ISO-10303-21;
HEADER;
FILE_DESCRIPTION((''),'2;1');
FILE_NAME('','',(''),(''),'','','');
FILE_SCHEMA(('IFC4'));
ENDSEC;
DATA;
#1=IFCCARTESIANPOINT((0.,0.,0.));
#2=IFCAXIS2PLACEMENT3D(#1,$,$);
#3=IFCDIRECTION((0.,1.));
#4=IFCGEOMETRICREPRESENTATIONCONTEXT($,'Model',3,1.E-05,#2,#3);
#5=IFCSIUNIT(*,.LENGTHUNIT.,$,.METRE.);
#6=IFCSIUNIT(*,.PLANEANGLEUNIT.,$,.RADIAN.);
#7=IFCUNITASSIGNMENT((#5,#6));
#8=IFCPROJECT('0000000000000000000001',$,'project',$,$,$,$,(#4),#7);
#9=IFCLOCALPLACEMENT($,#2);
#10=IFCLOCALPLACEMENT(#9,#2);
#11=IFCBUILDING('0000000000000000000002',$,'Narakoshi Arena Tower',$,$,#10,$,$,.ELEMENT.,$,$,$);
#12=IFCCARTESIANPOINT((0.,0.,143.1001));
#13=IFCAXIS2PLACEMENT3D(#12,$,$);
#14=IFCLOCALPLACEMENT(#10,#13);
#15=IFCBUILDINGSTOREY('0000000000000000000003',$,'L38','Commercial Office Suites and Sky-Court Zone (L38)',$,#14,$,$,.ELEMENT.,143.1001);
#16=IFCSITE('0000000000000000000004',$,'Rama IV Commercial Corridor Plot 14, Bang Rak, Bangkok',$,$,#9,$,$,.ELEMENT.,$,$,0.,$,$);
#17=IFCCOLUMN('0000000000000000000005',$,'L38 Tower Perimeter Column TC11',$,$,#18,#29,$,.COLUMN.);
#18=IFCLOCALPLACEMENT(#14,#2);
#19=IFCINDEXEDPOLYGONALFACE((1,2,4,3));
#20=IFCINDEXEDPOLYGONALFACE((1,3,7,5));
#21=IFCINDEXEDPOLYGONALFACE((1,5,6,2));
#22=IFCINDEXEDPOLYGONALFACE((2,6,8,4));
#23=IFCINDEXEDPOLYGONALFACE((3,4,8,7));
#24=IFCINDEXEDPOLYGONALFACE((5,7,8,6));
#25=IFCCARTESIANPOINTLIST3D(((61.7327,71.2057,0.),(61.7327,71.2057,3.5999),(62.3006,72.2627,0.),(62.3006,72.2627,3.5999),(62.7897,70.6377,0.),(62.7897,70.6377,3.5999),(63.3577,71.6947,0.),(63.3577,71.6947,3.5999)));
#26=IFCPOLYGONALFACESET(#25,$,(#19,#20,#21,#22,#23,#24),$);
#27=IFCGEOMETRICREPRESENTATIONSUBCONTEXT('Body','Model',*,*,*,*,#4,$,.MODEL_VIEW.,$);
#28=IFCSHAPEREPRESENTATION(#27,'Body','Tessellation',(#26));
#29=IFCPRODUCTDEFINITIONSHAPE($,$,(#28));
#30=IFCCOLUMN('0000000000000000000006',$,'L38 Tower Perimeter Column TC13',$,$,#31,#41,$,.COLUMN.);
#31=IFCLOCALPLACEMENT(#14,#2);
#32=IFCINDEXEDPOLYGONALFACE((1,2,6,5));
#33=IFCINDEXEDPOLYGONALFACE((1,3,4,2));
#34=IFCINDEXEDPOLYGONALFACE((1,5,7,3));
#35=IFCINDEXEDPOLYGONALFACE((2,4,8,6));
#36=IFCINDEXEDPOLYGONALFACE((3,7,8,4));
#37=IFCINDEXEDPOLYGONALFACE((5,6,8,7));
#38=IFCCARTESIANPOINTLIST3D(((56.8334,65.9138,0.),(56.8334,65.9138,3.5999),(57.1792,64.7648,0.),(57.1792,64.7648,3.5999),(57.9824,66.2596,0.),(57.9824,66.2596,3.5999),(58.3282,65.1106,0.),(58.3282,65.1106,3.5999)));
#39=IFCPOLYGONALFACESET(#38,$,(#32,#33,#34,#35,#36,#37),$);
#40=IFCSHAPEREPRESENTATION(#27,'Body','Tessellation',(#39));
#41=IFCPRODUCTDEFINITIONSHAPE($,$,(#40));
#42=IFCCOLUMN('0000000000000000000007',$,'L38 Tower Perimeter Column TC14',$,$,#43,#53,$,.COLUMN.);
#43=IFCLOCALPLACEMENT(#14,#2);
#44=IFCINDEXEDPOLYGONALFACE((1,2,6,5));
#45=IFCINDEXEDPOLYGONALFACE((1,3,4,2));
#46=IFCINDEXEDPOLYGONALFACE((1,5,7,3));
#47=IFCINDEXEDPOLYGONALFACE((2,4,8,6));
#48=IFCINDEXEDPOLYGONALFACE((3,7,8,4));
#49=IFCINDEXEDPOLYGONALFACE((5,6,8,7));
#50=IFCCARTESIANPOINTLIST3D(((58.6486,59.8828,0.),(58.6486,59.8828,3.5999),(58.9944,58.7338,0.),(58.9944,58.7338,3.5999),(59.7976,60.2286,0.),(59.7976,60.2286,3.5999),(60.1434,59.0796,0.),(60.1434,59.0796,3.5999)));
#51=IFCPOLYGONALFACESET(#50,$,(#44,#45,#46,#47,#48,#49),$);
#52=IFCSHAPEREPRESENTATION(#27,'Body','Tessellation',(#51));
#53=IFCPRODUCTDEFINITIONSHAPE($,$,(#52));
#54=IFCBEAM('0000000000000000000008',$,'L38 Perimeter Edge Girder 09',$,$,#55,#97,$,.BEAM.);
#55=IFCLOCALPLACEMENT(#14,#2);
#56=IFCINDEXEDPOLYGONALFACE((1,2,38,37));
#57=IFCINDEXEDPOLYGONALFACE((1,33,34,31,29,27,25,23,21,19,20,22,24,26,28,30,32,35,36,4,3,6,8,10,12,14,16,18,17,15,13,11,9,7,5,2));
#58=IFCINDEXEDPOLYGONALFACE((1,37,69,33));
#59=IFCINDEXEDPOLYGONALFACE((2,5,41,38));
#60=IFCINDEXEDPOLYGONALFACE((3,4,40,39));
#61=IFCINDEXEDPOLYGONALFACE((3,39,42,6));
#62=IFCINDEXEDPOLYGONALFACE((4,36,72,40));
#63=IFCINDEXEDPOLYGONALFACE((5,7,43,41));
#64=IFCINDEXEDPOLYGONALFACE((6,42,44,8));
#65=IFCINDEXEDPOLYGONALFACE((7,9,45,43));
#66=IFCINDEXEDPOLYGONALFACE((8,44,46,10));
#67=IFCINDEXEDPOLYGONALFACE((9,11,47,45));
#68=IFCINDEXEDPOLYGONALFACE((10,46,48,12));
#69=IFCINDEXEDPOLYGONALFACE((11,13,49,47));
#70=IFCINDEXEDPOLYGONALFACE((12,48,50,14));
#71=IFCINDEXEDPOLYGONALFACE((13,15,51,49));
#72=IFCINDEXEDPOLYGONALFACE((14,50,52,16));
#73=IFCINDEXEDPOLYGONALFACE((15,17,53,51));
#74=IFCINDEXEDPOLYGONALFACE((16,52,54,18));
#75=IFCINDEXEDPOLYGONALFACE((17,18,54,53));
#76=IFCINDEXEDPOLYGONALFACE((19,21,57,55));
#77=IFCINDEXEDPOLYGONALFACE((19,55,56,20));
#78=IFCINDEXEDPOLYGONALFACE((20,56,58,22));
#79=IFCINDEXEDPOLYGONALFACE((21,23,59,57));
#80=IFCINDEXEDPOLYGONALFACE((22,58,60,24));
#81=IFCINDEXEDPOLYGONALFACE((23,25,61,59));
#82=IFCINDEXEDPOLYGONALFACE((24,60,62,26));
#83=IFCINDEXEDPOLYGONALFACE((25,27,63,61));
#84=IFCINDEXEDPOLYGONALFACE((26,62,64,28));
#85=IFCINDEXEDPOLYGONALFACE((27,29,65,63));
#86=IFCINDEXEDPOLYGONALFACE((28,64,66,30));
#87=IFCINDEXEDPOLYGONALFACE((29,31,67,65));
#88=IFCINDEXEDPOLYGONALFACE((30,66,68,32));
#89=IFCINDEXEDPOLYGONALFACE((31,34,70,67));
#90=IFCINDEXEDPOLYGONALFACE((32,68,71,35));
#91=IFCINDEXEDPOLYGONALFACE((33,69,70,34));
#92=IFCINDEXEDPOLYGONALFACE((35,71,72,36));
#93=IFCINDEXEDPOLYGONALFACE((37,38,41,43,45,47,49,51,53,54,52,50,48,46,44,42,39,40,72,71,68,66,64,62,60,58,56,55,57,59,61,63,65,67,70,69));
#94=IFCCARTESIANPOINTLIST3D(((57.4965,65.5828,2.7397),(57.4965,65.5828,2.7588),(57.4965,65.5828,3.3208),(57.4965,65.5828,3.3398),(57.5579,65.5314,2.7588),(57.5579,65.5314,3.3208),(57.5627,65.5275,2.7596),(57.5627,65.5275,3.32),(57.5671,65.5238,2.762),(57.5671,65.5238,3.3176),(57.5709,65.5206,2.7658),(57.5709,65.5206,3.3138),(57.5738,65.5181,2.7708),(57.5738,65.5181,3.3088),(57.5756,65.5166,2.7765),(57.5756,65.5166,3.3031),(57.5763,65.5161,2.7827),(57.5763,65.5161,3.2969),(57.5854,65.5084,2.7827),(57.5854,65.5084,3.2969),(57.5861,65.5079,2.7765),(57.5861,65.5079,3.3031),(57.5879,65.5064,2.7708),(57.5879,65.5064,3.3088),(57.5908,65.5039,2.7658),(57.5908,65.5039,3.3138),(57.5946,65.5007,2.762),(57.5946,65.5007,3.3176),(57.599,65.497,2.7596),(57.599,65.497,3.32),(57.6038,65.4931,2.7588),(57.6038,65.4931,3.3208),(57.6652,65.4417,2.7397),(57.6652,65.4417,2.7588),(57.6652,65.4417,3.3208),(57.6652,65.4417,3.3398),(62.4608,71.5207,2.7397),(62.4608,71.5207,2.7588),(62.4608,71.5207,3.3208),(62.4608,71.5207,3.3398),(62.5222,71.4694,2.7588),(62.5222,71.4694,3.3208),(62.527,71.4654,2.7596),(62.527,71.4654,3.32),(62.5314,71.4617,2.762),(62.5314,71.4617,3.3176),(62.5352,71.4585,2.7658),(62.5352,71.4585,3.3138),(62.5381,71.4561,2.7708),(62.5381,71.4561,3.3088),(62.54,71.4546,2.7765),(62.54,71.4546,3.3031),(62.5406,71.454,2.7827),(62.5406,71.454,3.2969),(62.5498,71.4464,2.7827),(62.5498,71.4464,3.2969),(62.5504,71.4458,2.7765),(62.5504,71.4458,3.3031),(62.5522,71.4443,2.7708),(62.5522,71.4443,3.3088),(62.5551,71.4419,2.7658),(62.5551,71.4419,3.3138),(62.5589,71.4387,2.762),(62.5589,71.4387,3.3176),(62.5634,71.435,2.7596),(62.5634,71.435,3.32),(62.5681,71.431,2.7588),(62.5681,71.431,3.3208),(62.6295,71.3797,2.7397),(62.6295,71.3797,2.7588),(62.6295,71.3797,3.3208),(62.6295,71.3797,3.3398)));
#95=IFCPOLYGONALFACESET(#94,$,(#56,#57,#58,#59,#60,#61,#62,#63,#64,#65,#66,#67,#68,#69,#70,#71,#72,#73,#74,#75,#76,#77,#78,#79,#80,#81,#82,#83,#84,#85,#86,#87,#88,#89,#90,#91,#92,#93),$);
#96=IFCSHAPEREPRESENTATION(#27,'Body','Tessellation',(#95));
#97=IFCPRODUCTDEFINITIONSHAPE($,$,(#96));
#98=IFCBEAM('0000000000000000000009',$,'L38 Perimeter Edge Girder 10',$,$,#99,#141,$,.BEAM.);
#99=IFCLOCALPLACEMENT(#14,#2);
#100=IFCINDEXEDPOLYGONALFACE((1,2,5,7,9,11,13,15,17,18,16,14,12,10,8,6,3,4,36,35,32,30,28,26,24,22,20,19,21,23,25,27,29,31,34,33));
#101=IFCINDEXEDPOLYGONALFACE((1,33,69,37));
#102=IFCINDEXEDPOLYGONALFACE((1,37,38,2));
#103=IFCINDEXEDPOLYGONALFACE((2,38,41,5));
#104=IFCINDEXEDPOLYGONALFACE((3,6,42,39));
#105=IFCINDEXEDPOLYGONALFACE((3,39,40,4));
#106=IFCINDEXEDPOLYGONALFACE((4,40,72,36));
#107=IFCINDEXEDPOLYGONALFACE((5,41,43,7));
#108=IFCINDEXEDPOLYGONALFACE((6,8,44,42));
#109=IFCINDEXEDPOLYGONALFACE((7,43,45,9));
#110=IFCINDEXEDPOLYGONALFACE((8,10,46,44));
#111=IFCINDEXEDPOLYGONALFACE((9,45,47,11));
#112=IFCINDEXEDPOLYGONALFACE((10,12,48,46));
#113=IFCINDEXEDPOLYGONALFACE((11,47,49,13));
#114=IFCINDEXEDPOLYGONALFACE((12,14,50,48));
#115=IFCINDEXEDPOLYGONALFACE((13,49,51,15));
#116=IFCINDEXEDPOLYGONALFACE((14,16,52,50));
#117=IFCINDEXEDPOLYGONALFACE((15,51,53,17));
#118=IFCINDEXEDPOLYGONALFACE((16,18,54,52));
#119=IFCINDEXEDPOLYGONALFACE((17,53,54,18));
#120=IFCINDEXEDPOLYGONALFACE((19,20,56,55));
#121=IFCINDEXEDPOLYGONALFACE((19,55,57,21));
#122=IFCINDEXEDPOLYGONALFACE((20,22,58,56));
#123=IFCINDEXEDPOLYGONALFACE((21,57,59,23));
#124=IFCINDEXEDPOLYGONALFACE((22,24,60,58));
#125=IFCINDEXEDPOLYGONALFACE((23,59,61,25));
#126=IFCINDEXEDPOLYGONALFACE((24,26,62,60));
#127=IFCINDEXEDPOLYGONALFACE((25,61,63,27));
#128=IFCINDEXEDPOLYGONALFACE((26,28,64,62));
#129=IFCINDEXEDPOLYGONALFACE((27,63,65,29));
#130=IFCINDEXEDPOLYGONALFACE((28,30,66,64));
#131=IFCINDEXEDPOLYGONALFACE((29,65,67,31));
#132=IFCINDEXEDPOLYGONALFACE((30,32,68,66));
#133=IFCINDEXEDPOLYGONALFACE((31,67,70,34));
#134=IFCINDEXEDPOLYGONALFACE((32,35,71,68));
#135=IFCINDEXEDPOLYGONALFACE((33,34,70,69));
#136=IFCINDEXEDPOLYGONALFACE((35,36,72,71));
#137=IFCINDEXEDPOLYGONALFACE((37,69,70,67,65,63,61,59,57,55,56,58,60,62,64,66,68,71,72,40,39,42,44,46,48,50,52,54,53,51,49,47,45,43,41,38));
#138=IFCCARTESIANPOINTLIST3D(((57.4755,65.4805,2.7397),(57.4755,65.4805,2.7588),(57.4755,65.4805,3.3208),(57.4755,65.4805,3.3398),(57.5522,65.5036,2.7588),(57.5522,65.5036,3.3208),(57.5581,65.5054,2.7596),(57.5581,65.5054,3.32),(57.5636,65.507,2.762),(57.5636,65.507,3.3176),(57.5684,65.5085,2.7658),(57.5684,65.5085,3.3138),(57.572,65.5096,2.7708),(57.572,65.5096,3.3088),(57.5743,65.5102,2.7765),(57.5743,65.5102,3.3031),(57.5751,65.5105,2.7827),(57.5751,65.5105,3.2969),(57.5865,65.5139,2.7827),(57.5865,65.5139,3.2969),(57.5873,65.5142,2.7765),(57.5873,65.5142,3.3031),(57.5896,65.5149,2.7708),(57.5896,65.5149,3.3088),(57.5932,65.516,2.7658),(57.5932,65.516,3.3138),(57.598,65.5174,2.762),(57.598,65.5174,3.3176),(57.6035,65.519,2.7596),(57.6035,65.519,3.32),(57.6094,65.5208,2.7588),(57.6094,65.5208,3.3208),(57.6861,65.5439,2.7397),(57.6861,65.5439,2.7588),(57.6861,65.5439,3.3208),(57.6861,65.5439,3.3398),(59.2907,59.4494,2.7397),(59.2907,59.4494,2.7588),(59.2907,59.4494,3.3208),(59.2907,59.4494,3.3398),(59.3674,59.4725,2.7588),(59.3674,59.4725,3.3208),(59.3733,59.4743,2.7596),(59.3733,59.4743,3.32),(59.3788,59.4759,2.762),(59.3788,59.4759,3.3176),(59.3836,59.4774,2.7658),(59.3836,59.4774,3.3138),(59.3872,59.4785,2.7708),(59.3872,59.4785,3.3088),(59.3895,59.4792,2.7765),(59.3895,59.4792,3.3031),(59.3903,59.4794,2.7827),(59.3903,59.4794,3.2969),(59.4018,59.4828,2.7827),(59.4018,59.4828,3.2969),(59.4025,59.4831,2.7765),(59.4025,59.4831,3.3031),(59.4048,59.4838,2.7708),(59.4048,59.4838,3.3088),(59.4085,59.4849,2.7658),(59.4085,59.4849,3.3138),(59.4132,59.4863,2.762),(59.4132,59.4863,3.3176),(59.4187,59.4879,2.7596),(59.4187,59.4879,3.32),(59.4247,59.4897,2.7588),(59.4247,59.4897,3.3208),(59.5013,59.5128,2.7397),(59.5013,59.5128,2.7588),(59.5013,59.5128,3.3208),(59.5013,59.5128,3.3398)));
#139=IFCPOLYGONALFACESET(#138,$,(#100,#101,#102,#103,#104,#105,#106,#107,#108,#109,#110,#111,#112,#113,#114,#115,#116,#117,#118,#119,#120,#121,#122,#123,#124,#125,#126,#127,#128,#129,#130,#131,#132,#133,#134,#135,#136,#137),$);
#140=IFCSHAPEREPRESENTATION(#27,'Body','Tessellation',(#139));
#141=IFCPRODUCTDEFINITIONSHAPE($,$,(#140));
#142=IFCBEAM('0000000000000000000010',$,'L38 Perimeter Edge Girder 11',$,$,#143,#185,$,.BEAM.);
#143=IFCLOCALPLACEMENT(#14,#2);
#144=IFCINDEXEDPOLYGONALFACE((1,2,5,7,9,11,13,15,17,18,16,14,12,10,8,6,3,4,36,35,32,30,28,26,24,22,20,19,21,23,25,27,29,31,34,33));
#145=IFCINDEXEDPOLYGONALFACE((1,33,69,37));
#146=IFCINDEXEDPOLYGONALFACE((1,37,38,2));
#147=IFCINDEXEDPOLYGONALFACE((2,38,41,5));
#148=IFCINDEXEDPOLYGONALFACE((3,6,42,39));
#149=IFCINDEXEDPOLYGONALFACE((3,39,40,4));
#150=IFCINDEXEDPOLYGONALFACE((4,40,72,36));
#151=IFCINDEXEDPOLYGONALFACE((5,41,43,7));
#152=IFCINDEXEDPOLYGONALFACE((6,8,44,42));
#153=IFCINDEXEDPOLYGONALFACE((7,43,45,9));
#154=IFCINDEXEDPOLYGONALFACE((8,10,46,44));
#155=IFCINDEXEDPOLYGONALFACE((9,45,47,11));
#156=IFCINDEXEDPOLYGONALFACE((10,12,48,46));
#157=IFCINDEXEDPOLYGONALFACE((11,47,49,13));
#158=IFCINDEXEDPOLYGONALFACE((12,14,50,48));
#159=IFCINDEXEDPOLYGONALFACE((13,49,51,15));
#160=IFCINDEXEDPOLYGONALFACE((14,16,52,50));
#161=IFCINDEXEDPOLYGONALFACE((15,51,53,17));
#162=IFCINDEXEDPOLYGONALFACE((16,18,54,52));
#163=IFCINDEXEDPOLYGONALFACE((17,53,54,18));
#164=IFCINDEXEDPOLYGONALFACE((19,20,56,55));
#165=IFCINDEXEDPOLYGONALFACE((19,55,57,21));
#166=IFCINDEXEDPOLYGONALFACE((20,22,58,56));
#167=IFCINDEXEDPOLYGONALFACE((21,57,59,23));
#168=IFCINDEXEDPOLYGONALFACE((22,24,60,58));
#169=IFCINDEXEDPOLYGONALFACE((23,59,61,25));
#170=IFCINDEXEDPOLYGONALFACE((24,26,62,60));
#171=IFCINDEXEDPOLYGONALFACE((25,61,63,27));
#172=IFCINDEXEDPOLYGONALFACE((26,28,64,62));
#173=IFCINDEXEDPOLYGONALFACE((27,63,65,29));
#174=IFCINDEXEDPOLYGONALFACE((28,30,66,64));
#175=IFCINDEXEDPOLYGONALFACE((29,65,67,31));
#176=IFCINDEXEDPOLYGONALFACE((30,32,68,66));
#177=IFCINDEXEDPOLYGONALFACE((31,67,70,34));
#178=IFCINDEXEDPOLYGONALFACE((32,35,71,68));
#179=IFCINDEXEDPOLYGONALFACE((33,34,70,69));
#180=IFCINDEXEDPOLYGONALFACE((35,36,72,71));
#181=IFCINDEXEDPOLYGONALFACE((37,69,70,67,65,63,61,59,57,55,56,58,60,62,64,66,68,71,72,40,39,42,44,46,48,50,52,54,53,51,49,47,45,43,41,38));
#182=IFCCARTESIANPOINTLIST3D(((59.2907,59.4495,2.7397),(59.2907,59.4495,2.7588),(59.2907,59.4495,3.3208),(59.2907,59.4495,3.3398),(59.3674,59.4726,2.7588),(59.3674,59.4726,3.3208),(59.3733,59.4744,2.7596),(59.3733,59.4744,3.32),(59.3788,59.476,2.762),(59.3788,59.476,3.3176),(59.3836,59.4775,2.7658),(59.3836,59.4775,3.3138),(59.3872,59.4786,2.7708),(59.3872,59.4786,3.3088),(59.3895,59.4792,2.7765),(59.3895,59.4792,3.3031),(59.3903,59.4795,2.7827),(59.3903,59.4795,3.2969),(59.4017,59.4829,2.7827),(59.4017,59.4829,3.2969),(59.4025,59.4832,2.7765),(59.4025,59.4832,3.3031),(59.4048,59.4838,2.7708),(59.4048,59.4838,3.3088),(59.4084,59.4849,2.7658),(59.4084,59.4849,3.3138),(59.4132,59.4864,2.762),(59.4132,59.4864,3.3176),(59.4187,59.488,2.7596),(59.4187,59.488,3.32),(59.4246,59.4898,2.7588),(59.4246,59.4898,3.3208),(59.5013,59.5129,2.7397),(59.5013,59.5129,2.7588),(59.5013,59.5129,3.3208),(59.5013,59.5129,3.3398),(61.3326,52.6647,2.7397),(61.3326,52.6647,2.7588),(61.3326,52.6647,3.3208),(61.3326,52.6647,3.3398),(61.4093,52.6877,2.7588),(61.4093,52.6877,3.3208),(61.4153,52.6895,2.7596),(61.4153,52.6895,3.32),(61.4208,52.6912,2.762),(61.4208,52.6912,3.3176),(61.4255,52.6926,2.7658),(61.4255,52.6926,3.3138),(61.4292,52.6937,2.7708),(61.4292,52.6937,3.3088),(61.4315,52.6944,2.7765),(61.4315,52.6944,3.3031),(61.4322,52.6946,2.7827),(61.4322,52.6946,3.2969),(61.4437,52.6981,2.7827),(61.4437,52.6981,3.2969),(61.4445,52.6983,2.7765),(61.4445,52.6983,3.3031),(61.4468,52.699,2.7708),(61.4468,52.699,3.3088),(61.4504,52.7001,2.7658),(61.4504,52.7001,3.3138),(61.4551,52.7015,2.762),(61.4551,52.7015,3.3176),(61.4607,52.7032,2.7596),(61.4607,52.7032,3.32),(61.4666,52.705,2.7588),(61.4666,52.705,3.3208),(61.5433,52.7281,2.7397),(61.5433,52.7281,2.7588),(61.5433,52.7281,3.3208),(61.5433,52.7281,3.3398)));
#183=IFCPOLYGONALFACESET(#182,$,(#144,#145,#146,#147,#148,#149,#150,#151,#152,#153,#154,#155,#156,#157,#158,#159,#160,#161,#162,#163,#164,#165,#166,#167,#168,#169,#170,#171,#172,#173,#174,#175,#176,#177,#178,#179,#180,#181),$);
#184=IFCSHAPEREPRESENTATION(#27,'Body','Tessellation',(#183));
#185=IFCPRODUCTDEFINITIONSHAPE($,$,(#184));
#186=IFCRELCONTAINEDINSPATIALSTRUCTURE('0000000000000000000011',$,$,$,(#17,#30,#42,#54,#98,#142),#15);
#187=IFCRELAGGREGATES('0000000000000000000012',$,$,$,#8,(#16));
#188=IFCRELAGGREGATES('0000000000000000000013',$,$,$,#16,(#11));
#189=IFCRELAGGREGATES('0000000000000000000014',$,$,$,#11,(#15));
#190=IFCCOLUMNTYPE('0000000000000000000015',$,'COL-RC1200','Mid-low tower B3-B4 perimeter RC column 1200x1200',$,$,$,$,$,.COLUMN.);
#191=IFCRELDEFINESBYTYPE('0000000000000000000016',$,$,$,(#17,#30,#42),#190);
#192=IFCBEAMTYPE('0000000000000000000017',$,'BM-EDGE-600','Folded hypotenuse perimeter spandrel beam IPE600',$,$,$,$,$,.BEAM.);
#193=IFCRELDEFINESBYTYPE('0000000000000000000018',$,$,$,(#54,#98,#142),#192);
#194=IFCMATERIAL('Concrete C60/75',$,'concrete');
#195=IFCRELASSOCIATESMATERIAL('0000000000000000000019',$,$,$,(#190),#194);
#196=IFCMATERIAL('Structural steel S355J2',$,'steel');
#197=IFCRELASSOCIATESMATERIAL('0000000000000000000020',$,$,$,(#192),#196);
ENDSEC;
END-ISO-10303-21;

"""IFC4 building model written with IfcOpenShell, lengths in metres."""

from ifc_helpers import new_model, si_unit, direction, frame, origin, origin_2d, place, context, subcontext, project, spatial, rectangle, i_section, extrude, material, material_profile, profile_set, type_object, element, save


model = new_model("IFC4")

# Units and contexts
model_context = context("Model", 3, precision=1e-05, world=origin(), true_north=direction((0.0, 1.0)))
body_context = subcontext(model_context, "Body", "Model", "MODEL_VIEW")
ifc_project = project(units=[si_unit("LENGTHUNIT", "METRE"), si_unit("PLANEANGLEUNIT", "RADIAN")], contexts=[model_context])

# Site, building, storey
site_placement = place(None, origin())
site = spatial("IfcSite", under=ifc_project, at=site_placement, Name="Rama IV Commercial Corridor Plot 14, Bang Rak, Bangkok", CompositionType="ELEMENT", RefElevation=0.0)
building_placement = place(site_placement, origin())
building = spatial("IfcBuilding", under=site, at=building_placement, Name="Narakoshi Arena Tower", CompositionType="ELEMENT")
storey_placement = place(building_placement, frame((0.0, 0.0, 143.1001)))
storey = spatial("IfcBuildingStorey", under=building, at=storey_placement, Name="L38", Description="Commercial Office Suites and Sky-Court Zone (L38)", CompositionType="ELEMENT", Elevation=143.1001)

# Columns
ifc_material_1 = material(Name="Concrete C60/75", Category="concrete")
ifc_material_profile_1 = material_profile(ifc_material_1, rectangle(XDim=1.2, YDim=1.2, at=origin_2d()), Name="RC1200x1200")
ifc_profile_set_1 = profile_set([ifc_material_profile_1], Name="Concrete C60/75")
column_type = type_object("IfcColumnType", Name="COL-RC1200", Description="Mid-low tower B3-B4 perimeter RC column 1200x1200", PredefinedType="COLUMN", material=ifc_profile_set_1)
for number, where, z_axis, x_axis, name in (
    (1, (62.5452, 71.4502, 0.0), (0.0, 0.0, 1.0), (0.47332, 0.880891, 0.0), "L38 Tower Perimeter Column TC11"),
    (2, (57.5808, 65.5122, 0.0), (0.0, 0.0, 1.0), (-0.288196, 0.957571, 0.0), "L38 Tower Perimeter Column TC13"),
    (3, (59.396, 59.4812, 0.0), (0.0, 0.0, 1.0), (-0.288196, 0.957571, 0.0), "L38 Tower Perimeter Column TC14"),
):
    element("IfcColumn", number, at=place(storey_placement, frame(where, z_axis=z_axis, x_axis=x_axis)), inside=storey, type_object=column_type, Name=name, PredefinedType="COLUMN", context=body_context, shape_type="SweptSolid", body=[
        extrude(rectangle(XDim=1.2, YDim=1.2, at=origin_2d()), origin(), (0.0, 0.0, 1.0), 3.5999),
    ])

# Beams
ifc_material_2 = material(Name="Structural steel S355J2", Category="steel")
ifc_material_profile_2 = material_profile(ifc_material_2, i_section(OverallWidth=0.22, OverallDepth=0.6001, WebThickness=0.012, FlangeThickness=0.019, FilletRadius=0.0239, at=origin_2d()), Name="IPE600")
ifc_profile_set_2 = profile_set([ifc_material_profile_2], Name="Structural steel S355J2")
beam_type_1 = type_object("IfcBeamType", Name="BM-EDGE-600", Description="Folded hypotenuse perimeter spandrel beam IPE600", PredefinedType="BEAM", material=ifc_profile_set_2)
beam_1_placement = place(storey_placement, frame((62.5452, 71.4502, 3.0398), z_axis=(-0.641406, -0.767202, 0.0), x_axis=(0.767202, -0.641406, 0.0)))
element("IfcBeam", 4, at=beam_1_placement, inside=storey, type_object=beam_type_1, Name="L38 Perimeter Edge Girder 09", PredefinedType="BEAM", context=body_context, shape_type="SweptSolid", body=[
    extrude(i_section(OverallWidth=0.22, OverallDepth=0.6001, WebThickness=0.012, FlangeThickness=0.019, FilletRadius=0.0239, at=origin_2d()), origin(), (0.0, 0.0, 1.0), 7.7397),
])
beam_2_placement = place(storey_placement, frame((57.5808, 65.5122, 3.0398), z_axis=(0.288205, -0.957569, 0.0), x_axis=(0.957569, 0.288205, 0.0)))
element("IfcBeam", 5, at=beam_2_placement, inside=storey, type_object=beam_type_1, Name="L38 Perimeter Edge Girder 10", PredefinedType="BEAM", context=body_context, shape_type="SweptSolid", body=[
    extrude(i_section(OverallWidth=0.22, OverallDepth=0.6001, WebThickness=0.012, FlangeThickness=0.019, FilletRadius=0.0239, at=origin_2d()), origin(), (0.0, 0.0, 1.0), 6.2983),
])
beam_3_placement = place(storey_placement, frame((59.396, 59.4812, 3.0398), z_axis=(0.288192, -0.957573, 0.0), x_axis=(0.957573, 0.288192, 0.0)))
element("IfcBeam", 6, at=beam_3_placement, inside=storey, type_object=beam_type_1, Name="L38 Perimeter Edge Girder 11", PredefinedType="BEAM", context=body_context, shape_type="SweptSolid", body=[
    extrude(i_section(OverallWidth=0.22, OverallDepth=0.6001, WebThickness=0.012, FlangeThickness=0.019, FilletRadius=0.0239, at=origin_2d()), origin(), (0.0, 0.0, 1.0), 7.0854),
])

save(model, "model.ifc")
